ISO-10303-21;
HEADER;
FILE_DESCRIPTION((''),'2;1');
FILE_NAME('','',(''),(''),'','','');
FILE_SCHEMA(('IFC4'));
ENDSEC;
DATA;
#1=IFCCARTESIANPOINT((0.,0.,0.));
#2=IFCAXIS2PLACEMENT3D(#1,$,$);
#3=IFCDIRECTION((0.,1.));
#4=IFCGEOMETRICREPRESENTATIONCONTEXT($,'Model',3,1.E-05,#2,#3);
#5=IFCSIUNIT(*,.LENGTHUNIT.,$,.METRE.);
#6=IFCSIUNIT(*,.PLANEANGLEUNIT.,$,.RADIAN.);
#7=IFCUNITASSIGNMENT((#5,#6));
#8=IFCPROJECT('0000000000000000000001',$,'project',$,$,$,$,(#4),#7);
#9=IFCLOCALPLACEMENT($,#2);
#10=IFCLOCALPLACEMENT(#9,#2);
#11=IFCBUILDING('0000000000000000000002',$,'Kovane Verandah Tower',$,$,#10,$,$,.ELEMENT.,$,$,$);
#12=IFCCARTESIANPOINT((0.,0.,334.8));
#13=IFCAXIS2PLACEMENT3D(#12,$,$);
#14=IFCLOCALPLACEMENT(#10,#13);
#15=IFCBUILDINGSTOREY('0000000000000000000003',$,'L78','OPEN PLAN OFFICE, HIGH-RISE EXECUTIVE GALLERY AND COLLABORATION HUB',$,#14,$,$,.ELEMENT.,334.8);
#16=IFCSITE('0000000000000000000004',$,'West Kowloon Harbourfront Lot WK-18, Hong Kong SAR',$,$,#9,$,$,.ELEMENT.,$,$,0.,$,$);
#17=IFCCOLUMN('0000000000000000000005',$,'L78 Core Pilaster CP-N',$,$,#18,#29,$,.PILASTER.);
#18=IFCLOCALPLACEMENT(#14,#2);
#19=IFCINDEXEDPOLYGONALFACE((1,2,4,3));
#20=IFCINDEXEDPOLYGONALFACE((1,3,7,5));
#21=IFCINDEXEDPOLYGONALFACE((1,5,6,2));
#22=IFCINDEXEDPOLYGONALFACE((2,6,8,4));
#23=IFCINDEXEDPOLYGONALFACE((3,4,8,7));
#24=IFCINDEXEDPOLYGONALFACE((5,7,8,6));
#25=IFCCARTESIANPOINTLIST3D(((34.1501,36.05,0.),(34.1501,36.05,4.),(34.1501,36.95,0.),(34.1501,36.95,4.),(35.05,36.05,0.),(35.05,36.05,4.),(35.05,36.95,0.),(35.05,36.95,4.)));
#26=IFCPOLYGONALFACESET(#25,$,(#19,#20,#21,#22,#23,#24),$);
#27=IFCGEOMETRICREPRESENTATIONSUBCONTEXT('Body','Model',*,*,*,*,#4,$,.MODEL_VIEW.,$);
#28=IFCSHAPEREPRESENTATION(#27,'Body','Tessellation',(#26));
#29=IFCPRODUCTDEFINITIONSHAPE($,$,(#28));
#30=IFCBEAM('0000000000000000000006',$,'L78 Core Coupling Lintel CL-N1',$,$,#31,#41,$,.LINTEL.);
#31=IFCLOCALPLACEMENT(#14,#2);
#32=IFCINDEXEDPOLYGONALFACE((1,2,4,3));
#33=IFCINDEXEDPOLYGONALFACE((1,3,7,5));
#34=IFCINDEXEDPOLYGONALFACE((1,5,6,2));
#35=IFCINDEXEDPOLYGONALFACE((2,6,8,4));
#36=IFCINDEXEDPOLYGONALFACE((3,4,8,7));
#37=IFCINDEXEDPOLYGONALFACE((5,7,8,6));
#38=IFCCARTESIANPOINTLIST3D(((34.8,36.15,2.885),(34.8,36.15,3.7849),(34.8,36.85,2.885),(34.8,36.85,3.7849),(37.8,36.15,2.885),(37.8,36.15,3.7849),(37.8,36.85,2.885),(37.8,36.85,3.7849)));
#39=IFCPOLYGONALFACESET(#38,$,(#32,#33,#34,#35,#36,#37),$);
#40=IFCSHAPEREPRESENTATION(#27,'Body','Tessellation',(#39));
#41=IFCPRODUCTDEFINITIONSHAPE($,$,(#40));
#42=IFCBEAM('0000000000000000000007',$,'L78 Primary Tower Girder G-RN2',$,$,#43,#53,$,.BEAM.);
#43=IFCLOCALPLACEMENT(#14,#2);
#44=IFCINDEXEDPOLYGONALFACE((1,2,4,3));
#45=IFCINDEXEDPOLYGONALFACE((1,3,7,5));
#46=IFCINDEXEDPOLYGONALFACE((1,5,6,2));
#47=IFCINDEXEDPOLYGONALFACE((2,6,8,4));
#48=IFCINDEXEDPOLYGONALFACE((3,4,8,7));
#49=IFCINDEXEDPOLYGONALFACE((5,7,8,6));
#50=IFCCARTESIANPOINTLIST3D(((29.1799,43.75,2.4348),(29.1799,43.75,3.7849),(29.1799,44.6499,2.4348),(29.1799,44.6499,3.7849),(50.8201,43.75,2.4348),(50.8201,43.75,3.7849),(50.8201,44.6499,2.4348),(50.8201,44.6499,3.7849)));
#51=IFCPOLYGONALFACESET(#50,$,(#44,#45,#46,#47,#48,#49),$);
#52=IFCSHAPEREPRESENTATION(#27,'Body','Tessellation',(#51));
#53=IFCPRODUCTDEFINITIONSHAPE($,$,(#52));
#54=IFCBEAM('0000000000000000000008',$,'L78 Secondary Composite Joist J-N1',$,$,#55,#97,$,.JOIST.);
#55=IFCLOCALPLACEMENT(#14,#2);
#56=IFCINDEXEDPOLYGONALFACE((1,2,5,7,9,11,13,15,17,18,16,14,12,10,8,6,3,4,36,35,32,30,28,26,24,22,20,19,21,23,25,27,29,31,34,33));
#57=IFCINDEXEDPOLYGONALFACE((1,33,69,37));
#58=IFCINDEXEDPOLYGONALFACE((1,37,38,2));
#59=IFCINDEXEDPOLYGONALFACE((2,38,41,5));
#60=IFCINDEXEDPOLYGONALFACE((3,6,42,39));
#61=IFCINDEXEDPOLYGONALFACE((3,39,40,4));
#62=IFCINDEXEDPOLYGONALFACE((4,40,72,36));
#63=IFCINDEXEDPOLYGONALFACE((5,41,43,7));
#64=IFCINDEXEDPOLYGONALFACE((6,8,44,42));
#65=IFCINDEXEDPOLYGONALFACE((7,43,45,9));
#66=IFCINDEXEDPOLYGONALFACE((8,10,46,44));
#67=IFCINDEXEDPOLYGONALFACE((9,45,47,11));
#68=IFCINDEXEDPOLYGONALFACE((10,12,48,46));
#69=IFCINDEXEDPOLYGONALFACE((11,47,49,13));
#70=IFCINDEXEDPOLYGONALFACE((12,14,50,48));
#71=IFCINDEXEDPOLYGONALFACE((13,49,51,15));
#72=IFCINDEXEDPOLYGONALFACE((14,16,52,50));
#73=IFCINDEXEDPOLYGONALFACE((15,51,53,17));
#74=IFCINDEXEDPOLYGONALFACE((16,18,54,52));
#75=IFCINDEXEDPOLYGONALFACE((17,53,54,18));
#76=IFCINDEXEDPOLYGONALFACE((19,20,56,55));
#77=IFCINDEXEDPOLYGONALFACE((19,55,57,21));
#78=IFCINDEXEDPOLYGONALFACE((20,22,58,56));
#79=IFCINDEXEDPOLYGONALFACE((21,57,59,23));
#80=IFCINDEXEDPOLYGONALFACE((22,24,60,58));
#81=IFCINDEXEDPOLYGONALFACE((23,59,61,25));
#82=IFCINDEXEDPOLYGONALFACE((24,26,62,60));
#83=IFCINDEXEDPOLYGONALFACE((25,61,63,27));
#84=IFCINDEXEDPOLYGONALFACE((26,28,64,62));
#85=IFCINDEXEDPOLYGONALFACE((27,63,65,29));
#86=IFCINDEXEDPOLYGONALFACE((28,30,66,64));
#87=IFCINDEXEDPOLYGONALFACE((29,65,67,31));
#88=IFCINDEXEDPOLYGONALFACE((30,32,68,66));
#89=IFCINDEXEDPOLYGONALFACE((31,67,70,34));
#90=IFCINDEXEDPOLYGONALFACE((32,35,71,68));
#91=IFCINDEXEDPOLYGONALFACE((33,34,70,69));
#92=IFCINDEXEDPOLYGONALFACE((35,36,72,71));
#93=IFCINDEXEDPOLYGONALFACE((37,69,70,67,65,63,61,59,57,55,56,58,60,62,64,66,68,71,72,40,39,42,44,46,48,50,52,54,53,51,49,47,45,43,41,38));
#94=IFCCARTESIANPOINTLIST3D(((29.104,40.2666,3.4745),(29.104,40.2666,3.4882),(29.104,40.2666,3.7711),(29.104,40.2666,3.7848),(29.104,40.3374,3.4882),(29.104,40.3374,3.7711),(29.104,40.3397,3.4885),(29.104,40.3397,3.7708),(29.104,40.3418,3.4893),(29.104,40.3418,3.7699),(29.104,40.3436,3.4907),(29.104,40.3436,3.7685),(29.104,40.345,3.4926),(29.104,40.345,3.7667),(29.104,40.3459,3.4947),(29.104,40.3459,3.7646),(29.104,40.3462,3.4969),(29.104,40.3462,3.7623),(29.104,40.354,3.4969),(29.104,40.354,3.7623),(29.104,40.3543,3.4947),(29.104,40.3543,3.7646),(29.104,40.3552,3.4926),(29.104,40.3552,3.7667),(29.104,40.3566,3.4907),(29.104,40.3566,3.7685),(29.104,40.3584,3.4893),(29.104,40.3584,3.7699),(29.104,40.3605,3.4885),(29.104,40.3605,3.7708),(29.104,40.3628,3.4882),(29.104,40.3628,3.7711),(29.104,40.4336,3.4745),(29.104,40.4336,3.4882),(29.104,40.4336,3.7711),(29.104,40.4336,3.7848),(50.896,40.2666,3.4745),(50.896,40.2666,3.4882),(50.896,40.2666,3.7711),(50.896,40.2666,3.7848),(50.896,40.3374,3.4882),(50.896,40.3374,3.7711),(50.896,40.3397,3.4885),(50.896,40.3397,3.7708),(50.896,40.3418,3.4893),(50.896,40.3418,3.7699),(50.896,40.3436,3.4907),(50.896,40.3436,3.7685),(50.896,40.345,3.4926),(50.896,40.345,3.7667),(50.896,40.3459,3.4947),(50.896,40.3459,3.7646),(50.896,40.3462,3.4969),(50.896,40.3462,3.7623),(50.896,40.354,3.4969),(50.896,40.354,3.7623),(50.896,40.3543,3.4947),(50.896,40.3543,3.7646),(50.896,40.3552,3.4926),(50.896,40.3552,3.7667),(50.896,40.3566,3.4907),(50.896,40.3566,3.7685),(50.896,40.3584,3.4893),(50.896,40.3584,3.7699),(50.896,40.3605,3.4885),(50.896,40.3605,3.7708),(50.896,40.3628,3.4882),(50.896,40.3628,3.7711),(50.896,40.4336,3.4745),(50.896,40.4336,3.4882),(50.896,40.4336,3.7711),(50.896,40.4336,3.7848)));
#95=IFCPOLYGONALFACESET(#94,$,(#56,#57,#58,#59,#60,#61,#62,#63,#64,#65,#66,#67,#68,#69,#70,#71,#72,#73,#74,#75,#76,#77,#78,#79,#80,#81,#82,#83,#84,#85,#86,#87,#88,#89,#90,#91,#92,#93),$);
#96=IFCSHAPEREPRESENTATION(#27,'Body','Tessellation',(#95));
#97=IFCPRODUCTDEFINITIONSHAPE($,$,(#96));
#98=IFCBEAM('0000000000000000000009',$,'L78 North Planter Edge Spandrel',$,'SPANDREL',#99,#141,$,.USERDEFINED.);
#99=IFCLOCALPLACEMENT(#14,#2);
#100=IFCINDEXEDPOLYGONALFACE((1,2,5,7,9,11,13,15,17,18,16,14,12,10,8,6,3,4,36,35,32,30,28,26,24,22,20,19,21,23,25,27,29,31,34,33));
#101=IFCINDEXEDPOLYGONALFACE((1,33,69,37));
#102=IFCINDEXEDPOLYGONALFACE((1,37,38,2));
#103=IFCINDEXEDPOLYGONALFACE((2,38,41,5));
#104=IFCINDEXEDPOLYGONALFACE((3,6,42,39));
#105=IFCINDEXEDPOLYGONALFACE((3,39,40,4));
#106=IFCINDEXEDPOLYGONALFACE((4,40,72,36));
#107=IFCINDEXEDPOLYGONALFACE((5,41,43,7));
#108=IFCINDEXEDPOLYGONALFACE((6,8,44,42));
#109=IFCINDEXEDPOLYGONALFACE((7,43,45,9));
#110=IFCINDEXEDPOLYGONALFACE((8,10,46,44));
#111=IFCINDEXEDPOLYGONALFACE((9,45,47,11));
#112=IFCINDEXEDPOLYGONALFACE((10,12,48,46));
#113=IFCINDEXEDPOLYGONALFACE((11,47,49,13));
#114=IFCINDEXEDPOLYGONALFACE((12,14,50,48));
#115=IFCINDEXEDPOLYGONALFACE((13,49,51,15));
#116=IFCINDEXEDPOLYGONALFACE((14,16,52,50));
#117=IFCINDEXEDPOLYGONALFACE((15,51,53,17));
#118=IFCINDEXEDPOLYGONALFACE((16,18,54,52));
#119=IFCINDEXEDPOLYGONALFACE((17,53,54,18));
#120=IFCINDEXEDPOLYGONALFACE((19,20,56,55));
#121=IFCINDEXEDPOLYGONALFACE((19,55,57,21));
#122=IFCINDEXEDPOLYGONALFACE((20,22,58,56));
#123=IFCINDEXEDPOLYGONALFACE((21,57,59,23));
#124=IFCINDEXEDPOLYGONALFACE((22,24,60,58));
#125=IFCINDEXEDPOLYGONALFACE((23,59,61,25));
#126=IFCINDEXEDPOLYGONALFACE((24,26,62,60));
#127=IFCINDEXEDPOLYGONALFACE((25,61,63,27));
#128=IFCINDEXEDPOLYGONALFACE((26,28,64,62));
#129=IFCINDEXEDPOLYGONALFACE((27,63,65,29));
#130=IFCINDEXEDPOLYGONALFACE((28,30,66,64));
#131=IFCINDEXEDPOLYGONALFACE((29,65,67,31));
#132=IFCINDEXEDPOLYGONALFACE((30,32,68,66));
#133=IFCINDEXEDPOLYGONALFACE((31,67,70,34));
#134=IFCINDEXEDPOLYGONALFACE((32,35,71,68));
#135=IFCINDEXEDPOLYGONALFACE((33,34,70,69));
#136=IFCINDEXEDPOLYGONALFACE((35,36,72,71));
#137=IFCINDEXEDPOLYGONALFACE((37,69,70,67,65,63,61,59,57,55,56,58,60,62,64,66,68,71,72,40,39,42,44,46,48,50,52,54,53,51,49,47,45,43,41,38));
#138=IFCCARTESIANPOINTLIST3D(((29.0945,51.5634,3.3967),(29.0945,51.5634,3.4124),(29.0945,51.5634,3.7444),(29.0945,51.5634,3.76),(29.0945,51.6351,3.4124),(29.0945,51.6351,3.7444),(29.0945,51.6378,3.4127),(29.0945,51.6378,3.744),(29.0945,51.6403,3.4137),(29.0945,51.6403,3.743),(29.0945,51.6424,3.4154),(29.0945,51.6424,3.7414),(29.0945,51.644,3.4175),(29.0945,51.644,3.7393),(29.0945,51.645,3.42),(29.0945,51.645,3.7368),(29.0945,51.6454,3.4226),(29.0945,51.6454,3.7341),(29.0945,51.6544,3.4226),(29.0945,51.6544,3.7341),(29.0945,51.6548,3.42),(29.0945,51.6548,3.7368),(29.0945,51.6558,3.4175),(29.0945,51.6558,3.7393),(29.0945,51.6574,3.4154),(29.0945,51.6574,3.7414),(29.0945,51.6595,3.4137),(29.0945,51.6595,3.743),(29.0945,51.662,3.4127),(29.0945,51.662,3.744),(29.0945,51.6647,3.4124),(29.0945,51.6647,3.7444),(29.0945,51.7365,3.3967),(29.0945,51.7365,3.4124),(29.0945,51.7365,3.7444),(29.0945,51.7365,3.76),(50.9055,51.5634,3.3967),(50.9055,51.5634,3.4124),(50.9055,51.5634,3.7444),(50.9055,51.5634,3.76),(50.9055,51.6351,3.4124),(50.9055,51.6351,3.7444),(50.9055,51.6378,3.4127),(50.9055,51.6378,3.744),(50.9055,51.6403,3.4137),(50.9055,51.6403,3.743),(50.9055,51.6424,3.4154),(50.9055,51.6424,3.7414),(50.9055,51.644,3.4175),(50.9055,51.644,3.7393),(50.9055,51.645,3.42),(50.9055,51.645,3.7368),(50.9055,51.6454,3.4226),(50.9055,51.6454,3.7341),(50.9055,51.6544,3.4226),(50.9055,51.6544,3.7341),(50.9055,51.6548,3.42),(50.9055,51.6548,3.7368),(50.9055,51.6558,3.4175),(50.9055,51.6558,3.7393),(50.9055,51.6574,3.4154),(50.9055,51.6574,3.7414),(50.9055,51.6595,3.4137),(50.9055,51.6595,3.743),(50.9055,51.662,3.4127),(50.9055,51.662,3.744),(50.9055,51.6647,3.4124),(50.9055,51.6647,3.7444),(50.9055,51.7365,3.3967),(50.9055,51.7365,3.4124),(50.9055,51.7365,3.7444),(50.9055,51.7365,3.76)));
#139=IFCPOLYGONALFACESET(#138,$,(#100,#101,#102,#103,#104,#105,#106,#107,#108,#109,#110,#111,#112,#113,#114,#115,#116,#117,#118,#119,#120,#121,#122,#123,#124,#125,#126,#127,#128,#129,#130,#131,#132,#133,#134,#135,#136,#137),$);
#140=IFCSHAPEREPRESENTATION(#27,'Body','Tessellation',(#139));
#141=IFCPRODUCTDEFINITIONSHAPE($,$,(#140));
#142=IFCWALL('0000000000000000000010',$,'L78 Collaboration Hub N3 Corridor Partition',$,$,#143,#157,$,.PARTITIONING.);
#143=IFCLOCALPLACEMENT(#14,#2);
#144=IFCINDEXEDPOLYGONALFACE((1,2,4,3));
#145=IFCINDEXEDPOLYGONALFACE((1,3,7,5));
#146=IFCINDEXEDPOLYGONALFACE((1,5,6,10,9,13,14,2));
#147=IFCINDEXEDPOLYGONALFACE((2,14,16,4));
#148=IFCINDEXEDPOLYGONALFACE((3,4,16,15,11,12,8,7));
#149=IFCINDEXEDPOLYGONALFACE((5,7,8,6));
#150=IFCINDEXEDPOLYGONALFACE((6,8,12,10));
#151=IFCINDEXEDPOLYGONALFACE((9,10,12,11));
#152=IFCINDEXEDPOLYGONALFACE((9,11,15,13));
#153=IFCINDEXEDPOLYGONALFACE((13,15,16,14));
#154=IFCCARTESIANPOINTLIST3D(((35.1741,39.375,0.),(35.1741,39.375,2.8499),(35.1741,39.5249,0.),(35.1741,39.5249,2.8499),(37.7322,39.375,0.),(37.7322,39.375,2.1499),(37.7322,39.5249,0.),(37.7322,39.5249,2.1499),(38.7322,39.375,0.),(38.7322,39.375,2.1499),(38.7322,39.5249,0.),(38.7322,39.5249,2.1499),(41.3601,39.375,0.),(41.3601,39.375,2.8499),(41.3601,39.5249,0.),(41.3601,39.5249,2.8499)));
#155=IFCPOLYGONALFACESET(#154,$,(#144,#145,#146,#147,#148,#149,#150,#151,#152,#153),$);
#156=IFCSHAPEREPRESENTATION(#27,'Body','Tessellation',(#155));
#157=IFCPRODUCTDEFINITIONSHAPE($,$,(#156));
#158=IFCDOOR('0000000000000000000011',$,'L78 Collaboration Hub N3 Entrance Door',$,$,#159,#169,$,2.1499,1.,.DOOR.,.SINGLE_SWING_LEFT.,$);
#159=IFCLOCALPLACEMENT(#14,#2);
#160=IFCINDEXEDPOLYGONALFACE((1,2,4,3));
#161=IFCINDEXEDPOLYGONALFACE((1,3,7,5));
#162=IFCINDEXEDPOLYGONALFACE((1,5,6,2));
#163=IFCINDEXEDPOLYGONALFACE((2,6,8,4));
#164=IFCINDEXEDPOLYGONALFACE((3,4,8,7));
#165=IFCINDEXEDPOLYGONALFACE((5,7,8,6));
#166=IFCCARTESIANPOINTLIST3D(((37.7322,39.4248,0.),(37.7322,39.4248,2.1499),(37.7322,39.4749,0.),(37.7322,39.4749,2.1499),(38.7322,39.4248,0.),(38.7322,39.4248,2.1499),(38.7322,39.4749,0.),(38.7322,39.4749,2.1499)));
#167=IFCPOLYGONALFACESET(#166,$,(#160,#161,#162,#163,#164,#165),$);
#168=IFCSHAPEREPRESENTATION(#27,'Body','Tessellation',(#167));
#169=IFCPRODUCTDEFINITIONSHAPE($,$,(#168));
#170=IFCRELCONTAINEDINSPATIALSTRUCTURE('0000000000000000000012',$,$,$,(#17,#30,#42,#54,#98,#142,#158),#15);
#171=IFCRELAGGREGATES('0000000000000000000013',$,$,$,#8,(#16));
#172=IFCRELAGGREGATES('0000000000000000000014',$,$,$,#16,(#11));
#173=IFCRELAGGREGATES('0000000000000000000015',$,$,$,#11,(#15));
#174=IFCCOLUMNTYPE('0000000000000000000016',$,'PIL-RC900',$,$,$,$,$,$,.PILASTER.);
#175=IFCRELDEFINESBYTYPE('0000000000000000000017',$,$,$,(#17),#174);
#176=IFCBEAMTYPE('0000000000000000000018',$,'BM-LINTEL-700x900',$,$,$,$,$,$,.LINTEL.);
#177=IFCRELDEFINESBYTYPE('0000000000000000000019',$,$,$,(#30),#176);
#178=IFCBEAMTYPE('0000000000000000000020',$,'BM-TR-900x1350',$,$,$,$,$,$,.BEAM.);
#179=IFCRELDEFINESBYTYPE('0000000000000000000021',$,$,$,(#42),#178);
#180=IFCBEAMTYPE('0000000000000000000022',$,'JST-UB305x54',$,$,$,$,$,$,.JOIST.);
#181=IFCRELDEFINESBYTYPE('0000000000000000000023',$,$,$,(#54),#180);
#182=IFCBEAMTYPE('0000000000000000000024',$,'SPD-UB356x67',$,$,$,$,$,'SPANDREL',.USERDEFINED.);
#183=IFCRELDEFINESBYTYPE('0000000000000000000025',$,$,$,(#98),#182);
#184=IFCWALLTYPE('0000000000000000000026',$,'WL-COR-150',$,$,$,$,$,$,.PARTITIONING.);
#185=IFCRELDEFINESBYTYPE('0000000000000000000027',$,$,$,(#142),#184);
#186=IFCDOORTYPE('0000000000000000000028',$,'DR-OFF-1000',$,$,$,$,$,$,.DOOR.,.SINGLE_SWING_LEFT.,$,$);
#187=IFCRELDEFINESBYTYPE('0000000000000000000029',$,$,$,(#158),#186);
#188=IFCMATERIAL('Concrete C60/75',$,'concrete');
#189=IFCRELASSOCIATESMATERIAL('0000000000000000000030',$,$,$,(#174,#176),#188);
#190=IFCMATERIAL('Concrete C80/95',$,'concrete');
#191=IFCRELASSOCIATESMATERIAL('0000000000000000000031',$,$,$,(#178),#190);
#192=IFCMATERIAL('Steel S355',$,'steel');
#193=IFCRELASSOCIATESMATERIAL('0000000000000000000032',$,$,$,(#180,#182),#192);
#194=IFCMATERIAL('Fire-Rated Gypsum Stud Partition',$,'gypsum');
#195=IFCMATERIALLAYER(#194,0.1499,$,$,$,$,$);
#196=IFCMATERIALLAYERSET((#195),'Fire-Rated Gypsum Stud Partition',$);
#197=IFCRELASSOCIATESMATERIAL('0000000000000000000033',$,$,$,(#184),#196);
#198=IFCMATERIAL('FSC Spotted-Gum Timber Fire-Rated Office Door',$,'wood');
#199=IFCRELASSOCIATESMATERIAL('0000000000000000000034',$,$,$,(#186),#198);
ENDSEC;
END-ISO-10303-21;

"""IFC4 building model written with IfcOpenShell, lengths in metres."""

from ifc_helpers import new_model, si_unit, direction, frame, frame_2d, origin, origin_2d, place, context, subcontext, project, spatial, rectangle, i_section, extrude, material, layer, layer_set, material_profile, profile_set, type_object, element, fill, save


model = new_model("IFC4")

# Units and contexts
model_context = context("Model", 3, precision=1e-05, world=origin(), true_north=direction((0.0, 1.0)))
body_context = subcontext(model_context, "Body", "Model", "MODEL_VIEW")
ifc_project = project(units=[si_unit("LENGTHUNIT", "METRE"), si_unit("PLANEANGLEUNIT", "RADIAN")], contexts=[model_context])

# Site, building, storey
site_placement = place(None, origin())
site = spatial("IfcSite", under=ifc_project, at=site_placement, Name="West Kowloon Harbourfront Lot WK-18, Hong Kong SAR", CompositionType="ELEMENT", RefElevation=0.0)
building_placement = place(site_placement, origin())
building = spatial("IfcBuilding", under=site, at=building_placement, Name="Kovane Verandah Tower", CompositionType="ELEMENT")
storey_placement = place(building_placement, frame((0.0, 0.0, 334.8)))
storey = spatial("IfcBuildingStorey", under=building, at=storey_placement, Name="L78", Description="OPEN PLAN OFFICE, HIGH-RISE EXECUTIVE GALLERY AND COLLABORATION HUB", CompositionType="ELEMENT", Elevation=334.8)

# Column
ifc_material_1 = material(Name="Concrete C60/75", Category="concrete")
ifc_material_profile_1 = material_profile(ifc_material_1, rectangle(XDim=0.8999, YDim=0.8999, at=origin_2d()), Name="RC900x900")
ifc_profile_set_1 = profile_set([ifc_material_profile_1], Name="Concrete C60/75")
column_type = type_object("IfcColumnType", Name="PIL-RC900", PredefinedType="PILASTER", material=ifc_profile_set_1)
column_placement = place(storey_placement, frame((34.6001, 36.5, 0.0), z_axis=(0.0, 0.0, 1.0), x_axis=(1.0, 0.0, 0.0)))
element("IfcColumn", 1, at=column_placement, inside=storey, type_object=column_type, Name="L78 Core Pilaster CP-N", PredefinedType="PILASTER", context=body_context, shape_type="SweptSolid", body=[
    extrude(rectangle(XDim=0.8999, YDim=0.8999, at=origin_2d()), origin(), (0.0, 0.0, 1.0), 4.0),
])

# Beams
ifc_material_profile_2 = material_profile(ifc_material_1, rectangle(XDim=0.7, YDim=0.8999, at=origin_2d()), Name="RCB700x900")
ifc_profile_set_2 = profile_set([ifc_material_profile_2], Name="Concrete C60/75")
beam_type_1 = type_object("IfcBeamType", Name="BM-LINTEL-700x900", PredefinedType="LINTEL", material=ifc_profile_set_2)
beam_1_placement = place(storey_placement, frame((34.8, 36.5, 3.335), z_axis=(1.0, 0.0, 0.0), x_axis=(0.0, 1.0, 0.0)))
element("IfcBeam", 2, at=beam_1_placement, inside=storey, type_object=beam_type_1, Name="L78 Core Coupling Lintel CL-N1", PredefinedType="LINTEL", context=body_context, shape_type="SweptSolid", body=[
    extrude(rectangle(XDim=0.7, YDim=0.8999, at=origin_2d()), origin(), (0.0, 0.0, 1.0), 3.0),
])
ifc_material_2 = material(Name="Concrete C80/95", Category="concrete")
ifc_material_profile_3 = material_profile(ifc_material_2, rectangle(XDim=0.8999, YDim=1.3501, at=origin_2d()), Name="RCB900x1350")
ifc_profile_set_3 = profile_set([ifc_material_profile_3], Name="Concrete C80/95")
beam_type_2 = type_object("IfcBeamType", Name="BM-TR-900x1350", PredefinedType="BEAM", material=ifc_profile_set_3)
beam_2_placement = place(storey_placement, frame((29.1799, 44.2, 3.1099), z_axis=(1.0, 0.0, 0.0), x_axis=(0.0, 1.0, 0.0)))
element("IfcBeam", 3, at=beam_2_placement, inside=storey, type_object=beam_type_2, Name="L78 Primary Tower Girder G-RN2", PredefinedType="BEAM", context=body_context, shape_type="SweptSolid", body=[
    extrude(rectangle(XDim=0.8999, YDim=1.3501, at=origin_2d()), origin(), (0.0, 0.0, 1.0), 21.6401),
])
ifc_material_3 = material(Name="Steel S355", Category="steel")
ifc_material_profile_4 = material_profile(ifc_material_3, i_section(OverallWidth=0.167, OverallDepth=0.3103, WebThickness=0.0078, FlangeThickness=0.0137, FilletRadius=0.0088, at=origin_2d()), Name="UB305x165x54")
ifc_profile_set_4 = profile_set([ifc_material_profile_4], Name="Steel S355")
beam_type_3 = type_object("IfcBeamType", Name="JST-UB305x54", PredefinedType="JOIST", material=ifc_profile_set_4)
beam_3_placement = place(storey_placement, frame((29.104, 40.3501, 3.6296), z_axis=(1.0, 0.0, 0.0), x_axis=(0.0, 1.0, 0.0)))
element("IfcBeam", 4, at=beam_3_placement, inside=storey, type_object=beam_type_3, Name="L78 Secondary Composite Joist J-N1", PredefinedType="JOIST", context=body_context, shape_type="SweptSolid", body=[
    extrude(i_section(OverallWidth=0.167, OverallDepth=0.3103, WebThickness=0.0078, FlangeThickness=0.0137, FilletRadius=0.0088, at=origin_2d()), origin(), (0.0, 0.0, 1.0), 21.792),
])
ifc_material_profile_5 = material_profile(ifc_material_3, i_section(OverallWidth=0.1731, OverallDepth=0.3633, WebThickness=0.009, FlangeThickness=0.0156, FilletRadius=0.0103, at=origin_2d()), Name="UB356x171x67")
ifc_profile_set_5 = profile_set([ifc_material_profile_5], Name="Steel S355")
beam_type_4 = type_object("IfcBeamType", Name="SPD-UB356x67", ElementType="SPANDREL", PredefinedType="USERDEFINED", material=ifc_profile_set_5)
beam_4_placement = place(storey_placement, frame((29.0945, 51.6499, 3.5784), z_axis=(1.0, 0.0, 0.0), x_axis=(0.0, 1.0, 0.0)))
element("IfcBeam", 5, at=beam_4_placement, inside=storey, type_object=beam_type_4, Name="L78 North Planter Edge Spandrel", ObjectType="SPANDREL", PredefinedType="USERDEFINED", context=body_context, shape_type="SweptSolid", body=[
    extrude(i_section(OverallWidth=0.1731, OverallDepth=0.3633, WebThickness=0.009, FlangeThickness=0.0156, FilletRadius=0.0103, at=origin_2d()), origin(), (0.0, 0.0, 1.0), 21.811),
])

# Wall, opening, door
ifc_material_4 = material(Name="Fire-Rated Gypsum Stud Partition", Category="gypsum")
ifc_layer_1 = layer(ifc_material_4, 0.1499)
ifc_layer_set_1 = layer_set([ifc_layer_1], Name="Fire-Rated Gypsum Stud Partition")
wall_type_1 = type_object("IfcWallType", Name="WL-COR-150", PredefinedType="PARTITIONING", material=ifc_layer_set_1)
ifc_material_5 = material(Name="FSC Spotted-Gum Timber Fire-Rated Office Door", Category="wood")
door_type_1 = type_object("IfcDoorType", Name="DR-OFF-1000", OperationType="SINGLE_SWING_LEFT", PredefinedType="DOOR", material=ifc_material_5)
wall_1_placement = place(storey_placement, frame((35.1741, 39.45, 0.0), z_axis=(0.0, 0.0, 1.0), x_axis=(1.0, 0.0, 0.0)))
wall_1 = element("IfcWall", 6, at=wall_1_placement, inside=storey, type_object=wall_type_1, Name="L78 Collaboration Hub N3 Corridor Partition", PredefinedType="PARTITIONING", context=body_context, shape_type="SweptSolid", body=[
    extrude(rectangle(XDim=6.186, YDim=0.1499, at=frame_2d((3.093, 0.0))), origin(), (0.0, 0.0, 1.0), 2.8499),
])
opening_1_placement = place(wall_1_placement, frame((2.5581, 0.0, 0.0)))
opening_1 = element("IfcOpeningElement", 7, at=opening_1_placement, cuts=wall_1, PredefinedType="OPENING", context=body_context, shape_type="SweptSolid", body=[
    extrude(rectangle(XDim=1.0, YDim=2.1499, at=frame_2d((0.5, 1.075))), frame((0.0, 0.075, 0.0), z_axis=(0.0, -1.0, 0.0), x_axis=(1.0, 0.0, 0.0)), (0.0, 0.0, 1.0), 0.1499),
])
door_1_placement = place(opening_1_placement, origin())
door_1 = element("IfcDoor", 8, at=door_1_placement, inside=storey, type_object=door_type_1, Name="L78 Collaboration Hub N3 Entrance Door", OperationType="SINGLE_SWING_LEFT", OverallHeight=2.1499, OverallWidth=1.0, PredefinedType="DOOR", context=body_context, shape_type="SweptSolid", body=[
    extrude(rectangle(XDim=1.0, YDim=2.1499, at=frame_2d((0.5, 1.075))), frame((0.0, 0.0249, 0.0), z_axis=(0.0, -1.0, 0.0), x_axis=(1.0, 0.0, 0.0)), (0.0, 0.0, 1.0), 0.05),
])
fill(opening_1, door_1)

save(model, "model.ifc")
